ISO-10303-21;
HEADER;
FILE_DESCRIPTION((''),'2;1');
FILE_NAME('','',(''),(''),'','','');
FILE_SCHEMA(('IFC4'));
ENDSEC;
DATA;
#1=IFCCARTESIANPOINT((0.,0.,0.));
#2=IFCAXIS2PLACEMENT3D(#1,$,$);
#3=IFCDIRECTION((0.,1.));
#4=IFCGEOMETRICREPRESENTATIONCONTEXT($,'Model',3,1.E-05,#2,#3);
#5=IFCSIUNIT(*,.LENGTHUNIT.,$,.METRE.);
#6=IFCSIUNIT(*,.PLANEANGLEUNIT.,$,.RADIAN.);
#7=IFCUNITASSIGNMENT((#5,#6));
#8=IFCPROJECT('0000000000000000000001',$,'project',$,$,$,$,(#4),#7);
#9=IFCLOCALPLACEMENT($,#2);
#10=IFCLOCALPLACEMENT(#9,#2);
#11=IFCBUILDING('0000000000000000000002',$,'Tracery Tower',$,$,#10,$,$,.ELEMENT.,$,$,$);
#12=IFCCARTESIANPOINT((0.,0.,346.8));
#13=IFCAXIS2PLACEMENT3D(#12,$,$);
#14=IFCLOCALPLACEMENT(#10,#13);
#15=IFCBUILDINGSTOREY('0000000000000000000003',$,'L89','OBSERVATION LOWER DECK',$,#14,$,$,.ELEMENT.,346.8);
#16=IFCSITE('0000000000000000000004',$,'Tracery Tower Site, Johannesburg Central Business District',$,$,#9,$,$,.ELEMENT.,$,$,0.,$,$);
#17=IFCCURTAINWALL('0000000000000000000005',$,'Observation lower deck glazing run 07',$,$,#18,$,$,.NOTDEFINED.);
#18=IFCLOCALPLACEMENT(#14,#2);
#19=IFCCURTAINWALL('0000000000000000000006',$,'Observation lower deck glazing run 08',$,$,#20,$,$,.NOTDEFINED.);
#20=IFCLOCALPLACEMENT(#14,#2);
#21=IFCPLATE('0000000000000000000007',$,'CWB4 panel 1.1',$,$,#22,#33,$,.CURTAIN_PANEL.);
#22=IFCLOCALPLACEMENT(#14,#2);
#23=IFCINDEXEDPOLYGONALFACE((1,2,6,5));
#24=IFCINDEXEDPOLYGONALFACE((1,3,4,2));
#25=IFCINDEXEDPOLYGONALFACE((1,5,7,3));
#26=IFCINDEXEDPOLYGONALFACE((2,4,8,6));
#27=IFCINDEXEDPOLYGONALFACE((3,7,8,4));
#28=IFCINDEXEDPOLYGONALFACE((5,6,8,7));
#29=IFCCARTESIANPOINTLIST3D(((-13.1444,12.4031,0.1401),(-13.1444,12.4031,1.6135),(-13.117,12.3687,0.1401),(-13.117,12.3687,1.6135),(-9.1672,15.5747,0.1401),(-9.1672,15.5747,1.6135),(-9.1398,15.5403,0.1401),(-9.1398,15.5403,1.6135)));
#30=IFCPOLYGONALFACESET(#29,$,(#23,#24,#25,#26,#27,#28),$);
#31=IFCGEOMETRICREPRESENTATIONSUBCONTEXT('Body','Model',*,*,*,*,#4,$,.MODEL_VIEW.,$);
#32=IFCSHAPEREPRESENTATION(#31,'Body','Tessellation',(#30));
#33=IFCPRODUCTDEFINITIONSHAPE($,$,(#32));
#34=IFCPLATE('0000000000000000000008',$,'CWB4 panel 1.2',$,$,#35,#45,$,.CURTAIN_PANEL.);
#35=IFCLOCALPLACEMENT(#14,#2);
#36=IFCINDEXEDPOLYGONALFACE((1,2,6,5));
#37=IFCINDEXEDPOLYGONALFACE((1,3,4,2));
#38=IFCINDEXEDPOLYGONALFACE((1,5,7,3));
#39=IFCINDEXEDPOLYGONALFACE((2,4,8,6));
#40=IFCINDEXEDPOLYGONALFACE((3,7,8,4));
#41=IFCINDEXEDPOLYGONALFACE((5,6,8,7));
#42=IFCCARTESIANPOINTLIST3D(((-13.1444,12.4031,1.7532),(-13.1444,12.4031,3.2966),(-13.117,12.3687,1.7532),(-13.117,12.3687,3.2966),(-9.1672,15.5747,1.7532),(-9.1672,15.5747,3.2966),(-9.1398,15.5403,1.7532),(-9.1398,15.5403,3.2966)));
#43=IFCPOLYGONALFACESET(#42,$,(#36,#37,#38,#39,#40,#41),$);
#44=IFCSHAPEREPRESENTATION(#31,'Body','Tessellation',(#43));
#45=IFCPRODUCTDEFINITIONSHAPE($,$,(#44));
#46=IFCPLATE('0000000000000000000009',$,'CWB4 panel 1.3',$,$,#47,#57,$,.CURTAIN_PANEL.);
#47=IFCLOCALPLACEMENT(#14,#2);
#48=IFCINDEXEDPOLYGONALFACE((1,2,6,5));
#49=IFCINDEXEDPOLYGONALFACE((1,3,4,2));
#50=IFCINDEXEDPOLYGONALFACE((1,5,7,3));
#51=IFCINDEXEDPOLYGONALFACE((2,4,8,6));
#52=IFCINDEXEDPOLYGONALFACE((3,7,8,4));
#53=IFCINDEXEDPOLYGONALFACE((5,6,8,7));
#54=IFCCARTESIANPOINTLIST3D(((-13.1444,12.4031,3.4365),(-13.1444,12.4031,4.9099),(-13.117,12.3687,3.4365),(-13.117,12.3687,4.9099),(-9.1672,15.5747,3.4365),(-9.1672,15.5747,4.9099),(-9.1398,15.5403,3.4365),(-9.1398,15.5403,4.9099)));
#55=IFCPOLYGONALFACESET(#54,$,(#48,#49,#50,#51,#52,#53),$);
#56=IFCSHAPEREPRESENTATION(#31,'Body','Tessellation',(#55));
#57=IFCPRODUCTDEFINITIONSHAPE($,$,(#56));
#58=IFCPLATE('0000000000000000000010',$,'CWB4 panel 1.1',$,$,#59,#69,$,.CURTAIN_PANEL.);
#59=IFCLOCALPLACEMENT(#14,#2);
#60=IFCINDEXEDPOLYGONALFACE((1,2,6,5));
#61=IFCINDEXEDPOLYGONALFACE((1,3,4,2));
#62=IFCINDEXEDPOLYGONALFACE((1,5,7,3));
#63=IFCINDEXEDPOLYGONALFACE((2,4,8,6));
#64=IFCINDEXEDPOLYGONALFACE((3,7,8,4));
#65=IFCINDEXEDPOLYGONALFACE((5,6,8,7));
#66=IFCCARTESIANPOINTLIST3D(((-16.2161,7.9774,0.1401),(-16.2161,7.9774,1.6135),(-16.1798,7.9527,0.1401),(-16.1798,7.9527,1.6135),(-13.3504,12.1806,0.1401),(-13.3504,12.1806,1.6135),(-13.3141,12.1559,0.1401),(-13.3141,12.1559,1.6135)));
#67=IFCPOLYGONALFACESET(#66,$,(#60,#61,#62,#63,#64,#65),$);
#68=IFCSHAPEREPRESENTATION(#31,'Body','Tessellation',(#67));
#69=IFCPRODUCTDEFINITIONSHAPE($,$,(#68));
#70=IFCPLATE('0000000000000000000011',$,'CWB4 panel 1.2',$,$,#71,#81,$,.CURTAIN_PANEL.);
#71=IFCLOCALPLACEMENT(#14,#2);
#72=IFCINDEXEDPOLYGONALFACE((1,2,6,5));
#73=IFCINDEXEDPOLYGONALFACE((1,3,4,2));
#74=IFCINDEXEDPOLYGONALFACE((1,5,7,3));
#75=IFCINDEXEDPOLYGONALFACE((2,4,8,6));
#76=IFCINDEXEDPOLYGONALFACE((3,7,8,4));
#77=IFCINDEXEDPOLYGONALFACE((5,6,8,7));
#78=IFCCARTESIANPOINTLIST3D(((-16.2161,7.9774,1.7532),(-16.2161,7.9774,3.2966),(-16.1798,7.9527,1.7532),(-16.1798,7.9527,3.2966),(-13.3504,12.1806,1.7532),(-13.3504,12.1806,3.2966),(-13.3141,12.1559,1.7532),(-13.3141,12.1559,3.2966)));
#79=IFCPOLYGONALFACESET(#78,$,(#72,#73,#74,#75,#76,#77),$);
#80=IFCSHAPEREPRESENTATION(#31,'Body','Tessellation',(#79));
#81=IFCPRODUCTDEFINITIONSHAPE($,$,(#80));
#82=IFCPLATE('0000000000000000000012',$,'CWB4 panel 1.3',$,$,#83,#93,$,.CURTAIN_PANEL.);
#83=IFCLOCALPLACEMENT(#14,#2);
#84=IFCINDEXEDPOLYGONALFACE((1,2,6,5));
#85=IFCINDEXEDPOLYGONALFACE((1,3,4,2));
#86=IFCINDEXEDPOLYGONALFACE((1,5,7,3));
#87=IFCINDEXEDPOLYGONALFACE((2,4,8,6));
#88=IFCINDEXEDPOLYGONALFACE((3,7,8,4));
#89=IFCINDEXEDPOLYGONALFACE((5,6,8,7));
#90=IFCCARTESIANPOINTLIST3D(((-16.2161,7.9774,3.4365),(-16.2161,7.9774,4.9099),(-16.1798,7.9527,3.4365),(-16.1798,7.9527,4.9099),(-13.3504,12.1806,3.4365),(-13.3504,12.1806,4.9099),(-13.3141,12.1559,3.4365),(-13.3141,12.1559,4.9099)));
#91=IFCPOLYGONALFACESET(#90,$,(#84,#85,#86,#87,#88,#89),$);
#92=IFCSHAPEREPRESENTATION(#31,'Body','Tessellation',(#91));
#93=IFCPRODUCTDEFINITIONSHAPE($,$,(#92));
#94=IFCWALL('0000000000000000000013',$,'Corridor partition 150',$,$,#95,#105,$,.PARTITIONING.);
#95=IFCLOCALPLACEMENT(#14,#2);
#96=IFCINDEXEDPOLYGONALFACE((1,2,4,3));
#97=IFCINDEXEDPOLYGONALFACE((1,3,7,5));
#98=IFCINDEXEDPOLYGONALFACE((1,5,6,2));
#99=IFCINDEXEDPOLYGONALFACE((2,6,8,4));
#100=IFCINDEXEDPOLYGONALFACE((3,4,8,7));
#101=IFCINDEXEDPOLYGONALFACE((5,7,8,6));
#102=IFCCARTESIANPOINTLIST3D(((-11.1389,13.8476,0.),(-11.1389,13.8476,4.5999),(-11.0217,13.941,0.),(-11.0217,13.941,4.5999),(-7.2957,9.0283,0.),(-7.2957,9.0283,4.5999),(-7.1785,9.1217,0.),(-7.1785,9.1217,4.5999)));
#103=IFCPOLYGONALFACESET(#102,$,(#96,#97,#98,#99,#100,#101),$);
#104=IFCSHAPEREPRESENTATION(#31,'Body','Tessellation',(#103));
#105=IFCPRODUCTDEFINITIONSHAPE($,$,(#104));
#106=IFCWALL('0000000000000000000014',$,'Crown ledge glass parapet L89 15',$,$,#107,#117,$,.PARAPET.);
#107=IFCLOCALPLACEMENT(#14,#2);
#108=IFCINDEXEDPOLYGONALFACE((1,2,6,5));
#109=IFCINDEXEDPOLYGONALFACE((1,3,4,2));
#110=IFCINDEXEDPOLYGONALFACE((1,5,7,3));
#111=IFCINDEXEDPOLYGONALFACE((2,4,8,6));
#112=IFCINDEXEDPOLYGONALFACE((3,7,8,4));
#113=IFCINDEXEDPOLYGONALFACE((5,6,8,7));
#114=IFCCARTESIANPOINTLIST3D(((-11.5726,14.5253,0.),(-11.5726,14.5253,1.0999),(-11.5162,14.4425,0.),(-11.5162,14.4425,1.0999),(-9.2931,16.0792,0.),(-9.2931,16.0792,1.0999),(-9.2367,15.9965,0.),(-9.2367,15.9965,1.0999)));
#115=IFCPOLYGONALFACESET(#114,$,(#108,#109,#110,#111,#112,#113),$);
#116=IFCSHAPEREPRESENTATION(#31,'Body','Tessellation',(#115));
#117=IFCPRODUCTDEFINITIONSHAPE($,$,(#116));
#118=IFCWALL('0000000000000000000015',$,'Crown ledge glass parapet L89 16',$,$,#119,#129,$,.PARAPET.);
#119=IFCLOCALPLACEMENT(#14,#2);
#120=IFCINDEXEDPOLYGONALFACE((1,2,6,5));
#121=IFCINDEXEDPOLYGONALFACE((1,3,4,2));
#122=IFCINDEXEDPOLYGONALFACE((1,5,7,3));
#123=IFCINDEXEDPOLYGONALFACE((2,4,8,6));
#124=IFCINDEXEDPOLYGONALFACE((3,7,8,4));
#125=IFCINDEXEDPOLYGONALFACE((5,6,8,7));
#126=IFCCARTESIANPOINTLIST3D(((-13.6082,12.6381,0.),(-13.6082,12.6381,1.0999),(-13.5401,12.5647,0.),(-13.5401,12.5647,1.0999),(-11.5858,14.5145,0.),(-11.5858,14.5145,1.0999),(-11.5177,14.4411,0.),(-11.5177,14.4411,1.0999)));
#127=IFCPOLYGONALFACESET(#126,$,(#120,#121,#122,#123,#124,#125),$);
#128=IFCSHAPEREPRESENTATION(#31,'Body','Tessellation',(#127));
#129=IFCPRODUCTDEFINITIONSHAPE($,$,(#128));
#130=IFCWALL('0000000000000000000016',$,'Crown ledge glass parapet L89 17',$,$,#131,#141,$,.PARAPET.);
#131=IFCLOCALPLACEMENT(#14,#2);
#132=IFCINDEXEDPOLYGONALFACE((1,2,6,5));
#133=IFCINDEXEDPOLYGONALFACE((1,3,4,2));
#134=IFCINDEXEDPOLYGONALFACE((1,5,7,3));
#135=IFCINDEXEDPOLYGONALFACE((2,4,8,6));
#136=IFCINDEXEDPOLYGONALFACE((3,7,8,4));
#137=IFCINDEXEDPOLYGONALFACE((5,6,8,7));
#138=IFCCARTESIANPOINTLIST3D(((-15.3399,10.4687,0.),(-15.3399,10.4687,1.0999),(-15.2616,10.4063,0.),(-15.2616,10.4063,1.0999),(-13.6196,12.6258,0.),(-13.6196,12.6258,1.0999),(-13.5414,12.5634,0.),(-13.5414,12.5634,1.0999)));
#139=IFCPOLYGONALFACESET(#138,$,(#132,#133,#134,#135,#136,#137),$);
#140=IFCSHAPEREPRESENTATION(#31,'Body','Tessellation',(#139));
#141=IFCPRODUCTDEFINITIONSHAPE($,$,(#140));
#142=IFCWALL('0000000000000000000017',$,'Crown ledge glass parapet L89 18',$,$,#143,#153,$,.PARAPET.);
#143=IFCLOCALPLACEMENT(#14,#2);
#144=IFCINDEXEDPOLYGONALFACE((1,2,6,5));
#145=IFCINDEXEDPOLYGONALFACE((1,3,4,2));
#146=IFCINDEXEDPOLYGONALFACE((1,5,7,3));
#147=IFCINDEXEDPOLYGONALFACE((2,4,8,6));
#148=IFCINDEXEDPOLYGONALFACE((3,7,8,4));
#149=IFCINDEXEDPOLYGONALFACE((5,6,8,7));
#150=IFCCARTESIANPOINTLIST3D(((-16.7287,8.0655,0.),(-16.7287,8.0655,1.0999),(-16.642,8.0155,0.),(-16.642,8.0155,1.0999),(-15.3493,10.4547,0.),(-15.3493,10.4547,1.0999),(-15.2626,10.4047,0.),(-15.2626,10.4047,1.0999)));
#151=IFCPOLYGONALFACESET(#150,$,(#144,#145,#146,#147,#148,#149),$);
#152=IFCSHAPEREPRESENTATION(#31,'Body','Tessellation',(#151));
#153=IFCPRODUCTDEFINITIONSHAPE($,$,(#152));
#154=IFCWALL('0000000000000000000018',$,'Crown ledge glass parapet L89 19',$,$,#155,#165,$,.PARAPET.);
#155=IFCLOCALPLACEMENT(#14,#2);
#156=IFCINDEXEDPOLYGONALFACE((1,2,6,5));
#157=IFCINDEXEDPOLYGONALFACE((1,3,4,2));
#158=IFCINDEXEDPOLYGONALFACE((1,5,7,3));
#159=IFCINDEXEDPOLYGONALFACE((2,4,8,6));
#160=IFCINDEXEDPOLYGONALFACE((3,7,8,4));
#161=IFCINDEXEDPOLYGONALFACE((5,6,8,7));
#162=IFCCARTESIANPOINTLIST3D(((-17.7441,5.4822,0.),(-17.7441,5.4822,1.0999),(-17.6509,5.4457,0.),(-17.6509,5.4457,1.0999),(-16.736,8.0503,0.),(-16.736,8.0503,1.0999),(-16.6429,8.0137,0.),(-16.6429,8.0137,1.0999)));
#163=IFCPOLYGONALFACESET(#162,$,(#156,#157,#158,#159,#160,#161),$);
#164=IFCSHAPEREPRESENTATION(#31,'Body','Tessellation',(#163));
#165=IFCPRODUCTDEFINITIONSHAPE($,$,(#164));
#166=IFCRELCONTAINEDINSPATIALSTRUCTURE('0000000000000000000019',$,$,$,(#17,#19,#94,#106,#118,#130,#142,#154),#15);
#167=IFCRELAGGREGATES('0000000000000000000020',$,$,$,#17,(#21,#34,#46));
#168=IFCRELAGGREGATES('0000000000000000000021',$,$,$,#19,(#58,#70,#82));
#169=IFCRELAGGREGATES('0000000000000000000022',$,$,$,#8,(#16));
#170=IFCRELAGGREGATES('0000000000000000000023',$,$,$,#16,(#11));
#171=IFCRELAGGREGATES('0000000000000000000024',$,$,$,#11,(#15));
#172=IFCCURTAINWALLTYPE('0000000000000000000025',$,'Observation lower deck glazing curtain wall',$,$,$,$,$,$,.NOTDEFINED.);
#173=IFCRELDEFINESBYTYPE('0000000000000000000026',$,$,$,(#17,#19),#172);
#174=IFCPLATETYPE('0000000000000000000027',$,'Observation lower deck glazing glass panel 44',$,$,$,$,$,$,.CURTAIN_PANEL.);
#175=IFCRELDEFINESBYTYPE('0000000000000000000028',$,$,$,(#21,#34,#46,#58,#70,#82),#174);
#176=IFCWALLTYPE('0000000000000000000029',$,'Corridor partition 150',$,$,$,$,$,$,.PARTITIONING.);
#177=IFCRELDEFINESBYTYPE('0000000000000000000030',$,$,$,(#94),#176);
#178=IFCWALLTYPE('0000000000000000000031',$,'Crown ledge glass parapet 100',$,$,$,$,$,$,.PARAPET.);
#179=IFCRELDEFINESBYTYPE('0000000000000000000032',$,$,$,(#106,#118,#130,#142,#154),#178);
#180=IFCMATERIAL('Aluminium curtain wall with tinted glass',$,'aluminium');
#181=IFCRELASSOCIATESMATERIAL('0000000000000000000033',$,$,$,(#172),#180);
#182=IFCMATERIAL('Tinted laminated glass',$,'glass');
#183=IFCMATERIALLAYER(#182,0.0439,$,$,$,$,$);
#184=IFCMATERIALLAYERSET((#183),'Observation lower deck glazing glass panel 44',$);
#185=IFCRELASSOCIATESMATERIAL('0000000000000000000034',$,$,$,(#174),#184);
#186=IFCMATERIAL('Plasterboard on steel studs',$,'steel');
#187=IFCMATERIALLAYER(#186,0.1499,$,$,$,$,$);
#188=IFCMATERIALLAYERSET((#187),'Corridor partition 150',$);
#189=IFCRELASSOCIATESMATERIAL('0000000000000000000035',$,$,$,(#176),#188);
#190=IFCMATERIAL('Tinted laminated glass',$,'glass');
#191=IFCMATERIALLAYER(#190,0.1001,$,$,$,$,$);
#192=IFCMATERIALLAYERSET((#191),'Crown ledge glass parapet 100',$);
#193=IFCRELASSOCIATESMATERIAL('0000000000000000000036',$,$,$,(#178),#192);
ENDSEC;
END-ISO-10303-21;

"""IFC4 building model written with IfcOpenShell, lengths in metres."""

from ifc_helpers import new_model, si_unit, direction, frame, frame_2d, origin, origin_2d, place, context, subcontext, project, spatial, rectangle, extrude, material, layer, layer_set, type_object, element, aggregate, save


model = new_model("IFC4")

# Units and contexts
model_context = context("Model", 3, precision=1e-05, world=origin(), true_north=direction((0.0, 1.0)))
body_context = subcontext(model_context, "Body", "Model", "MODEL_VIEW")
ifc_project = project(units=[si_unit("LENGTHUNIT", "METRE"), si_unit("PLANEANGLEUNIT", "RADIAN")], contexts=[model_context])

# Site, building, storey
site_placement = place(None, origin())
site = spatial("IfcSite", under=ifc_project, at=site_placement, Name="Tracery Tower Site, Johannesburg Central Business District", CompositionType="ELEMENT", RefElevation=0.0)
building_placement = place(site_placement, origin())
building = spatial("IfcBuilding", under=site, at=building_placement, Name="Tracery Tower", CompositionType="ELEMENT")
storey_placement = place(building_placement, frame((0.0, 0.0, 346.8)))
storey = spatial("IfcBuildingStorey", under=building, at=storey_placement, Name="L89", Description="OBSERVATION LOWER DECK", CompositionType="ELEMENT", Elevation=346.8)

# Curtain walls
ifc_material_1 = material(Name="Aluminium curtain wall with tinted glass", Category="aluminium")
curtain_wall_type = type_object("IfcCurtainWallType", Name="Observation lower deck glazing curtain wall", PredefinedType="NOTDEFINED", material=ifc_material_1)
curtain_wall_1_placement = place(storey_placement, origin())
curtain_wall_1 = element("IfcCurtainWall", 1, at=curtain_wall_1_placement, inside=storey, type_object=curtain_wall_type, Name="Observation lower deck glazing run 07", PredefinedType="NOTDEFINED")
curtain_wall_2_placement = place(storey_placement, origin())
curtain_wall_2 = element("IfcCurtainWall", 2, at=curtain_wall_2_placement, inside=storey, type_object=curtain_wall_type, Name="Observation lower deck glazing run 08", PredefinedType="NOTDEFINED")

# Plates
ifc_material_2 = material(Name="Tinted laminated glass", Category="glass")
ifc_layer_1 = layer(ifc_material_2, 0.0439)
ifc_layer_set_1 = layer_set([ifc_layer_1], Name="Observation lower deck glazing glass panel 44")
plate_type = type_object("IfcPlateType", Name="Observation lower deck glazing glass panel 44", PredefinedType="CURTAIN_PANEL", material=ifc_layer_set_1)
plate_1_placement = place(storey_placement, frame((-11.1421, 13.9717, 0.1401), z_axis=(0.0, 0.0, 1.0), x_axis=(-0.781839, -0.623481, 0.0)))
plate_1 = element("IfcPlate", 3, at=plate_1_placement, type_object=plate_type, Name="CWB4 panel 1.1", PredefinedType="CURTAIN_PANEL", context=body_context, shape_type="SweptSolid", body=[
    extrude(rectangle(XDim=5.0869, YDim=0.0439, at=origin_2d()), origin(), (0.0, 0.0, 1.0), 1.4734),
])
plate_2_placement = place(storey_placement, frame((-11.1421, 13.9717, 1.7532), z_axis=(0.0, 0.0, 1.0), x_axis=(-0.781839, -0.623481, 0.0)))
plate_2 = element("IfcPlate", 4, at=plate_2_placement, type_object=plate_type, Name="CWB4 panel 1.2", PredefinedType="CURTAIN_PANEL", context=body_context, shape_type="SweptSolid", body=[
    extrude(rectangle(XDim=5.0869, YDim=0.0439, at=origin_2d()), origin(), (0.0, 0.0, 1.0), 1.5435),
])
plate_3_placement = place(storey_placement, frame((-11.1421, 13.9717, 3.4365), z_axis=(0.0, 0.0, 1.0), x_axis=(-0.781839, -0.623481, 0.0)))
plate_3 = element("IfcPlate", 5, at=plate_3_placement, type_object=plate_type, Name="CWB4 panel 1.3", PredefinedType="CURTAIN_PANEL", context=body_context, shape_type="SweptSolid", body=[
    extrude(rectangle(XDim=5.0869, YDim=0.0439, at=origin_2d()), origin(), (0.0, 0.0, 1.0), 1.4734),
])
aggregate(curtain_wall_1, [plate_1, plate_2, plate_3])
plate_4_placement = place(storey_placement, frame((-14.7651, 10.0667, 0.1401), z_axis=(0.0, 0.0, 1.0), x_axis=(-0.563323, -0.826237, 0.0)))
plate_4 = element("IfcPlate", 6, at=plate_4_placement, type_object=plate_type, Name="CWB4 panel 1.1", PredefinedType="CURTAIN_PANEL", context=body_context, shape_type="SweptSolid", body=[
    extrude(rectangle(XDim=5.0872, YDim=0.0439, at=origin_2d()), origin(), (0.0, 0.0, 1.0), 1.4734),
])
plate_5_placement = place(storey_placement, frame((-14.7651, 10.0667, 1.7532), z_axis=(0.0, 0.0, 1.0), x_axis=(-0.563323, -0.826237, 0.0)))
plate_5 = element("IfcPlate", 7, at=plate_5_placement, type_object=plate_type, Name="CWB4 panel 1.2", PredefinedType="CURTAIN_PANEL", context=body_context, shape_type="SweptSolid", body=[
    extrude(rectangle(XDim=5.0872, YDim=0.0439, at=origin_2d()), origin(), (0.0, 0.0, 1.0), 1.5435),
])
plate_6_placement = place(storey_placement, frame((-14.7651, 10.0667, 3.4365), z_axis=(0.0, 0.0, 1.0), x_axis=(-0.563323, -0.826237, 0.0)))
plate_6 = element("IfcPlate", 8, at=plate_6_placement, type_object=plate_type, Name="CWB4 panel 1.3", PredefinedType="CURTAIN_PANEL", context=body_context, shape_type="SweptSolid", body=[
    extrude(rectangle(XDim=5.0872, YDim=0.0439, at=origin_2d()), origin(), (0.0, 0.0, 1.0), 1.4734),
])
aggregate(curtain_wall_2, [plate_4, plate_5, plate_6])

# Walls
ifc_material_3 = material(Name="Plasterboard on steel studs", Category="steel")
ifc_layer_2 = layer(ifc_material_3, 0.1499)
ifc_layer_set_2 = layer_set([ifc_layer_2], Name="Corridor partition 150")
wall_type_1 = type_object("IfcWallType", Name="Corridor partition 150", PredefinedType="PARTITIONING", material=ifc_layer_set_2)
wall_1_placement = place(storey_placement, frame((-11.0803, 13.8943, 0.0), z_axis=(0.0, 0.0, 1.0), x_axis=(0.623487, -0.781834, 0.0)))
element("IfcWall", 9, at=wall_1_placement, inside=storey, type_object=wall_type_1, Name="Corridor partition 150", PredefinedType="PARTITIONING", context=body_context, shape_type="SweptSolid", body=[
    extrude(rectangle(XDim=6.1641, YDim=0.1499, at=frame_2d((3.082, 0.0))), origin(), (0.0, 0.0, 1.0), 4.5999),
])
ifc_material_4 = material(Name="Tinted laminated glass", Category="glass")
ifc_layer_3 = layer(ifc_material_4, 0.1001)
ifc_layer_set_3 = layer_set([ifc_layer_3], Name="Crown ledge glass parapet 100")
wall_type_2 = type_object("IfcWallType", Name="Crown ledge glass parapet 100", PredefinedType="PARAPET", material=ifc_layer_set_3)
for number, where, z_axis, x_axis, name in (
    (10, (-9.2649, 16.0378, 0.0), (0.0, 0.0, 1.0), (-0.826274, -0.563268, 0.0), "Crown ledge glass parapet L89 15"),
    (11, (-11.5518, 14.4778, 0.0), (0.0, 0.0, 1.0), (-0.733071, -0.680152, 0.0), "Crown ledge glass parapet L89 16"),
):
    element("IfcWall", number, at=place(storey_placement, frame(where, z_axis=z_axis, x_axis=x_axis)), inside=storey, type_object=wall_type_2, Name=name, PredefinedType="PARAPET", context=body_context, shape_type="SweptSolid", body=[
        extrude(rectangle(XDim=2.7588, YDim=0.1001, at=frame_2d((1.3794, 0.0))), origin(), (0.0, 0.0, 1.0), 1.0999),
    ])
wall_2_placement = place(storey_placement, frame((-13.5806, 12.5945, 0.0), z_axis=(0.0, 0.0, 1.0), x_axis=(-0.623507, -0.781818, 0.0)))
element("IfcWall", 12, at=wall_2_placement, inside=storey, type_object=wall_type_2, Name="Crown ledge glass parapet L89 17", PredefinedType="PARAPET", context=body_context, shape_type="SweptSolid", body=[
    extrude(rectangle(XDim=2.759, YDim=0.1001, at=frame_2d((1.3794, 0.0))), origin(), (0.0, 0.0, 1.0), 1.0999),
])
for number, where, z_axis, x_axis, name in (
    (13, (-15.3059, 10.4297, 0.0), (0.0, 0.0, 1.0), (-0.500003, -0.866023, 0.0), "Crown ledge glass parapet L89 18"),
    (14, (-16.6895, 8.032, 0.0), (0.0, 0.0, 1.0), (-0.365387, -0.930856, 0.0), "Crown ledge glass parapet L89 19"),
):
    element("IfcWall", number, at=place(storey_placement, frame(where, z_axis=z_axis, x_axis=x_axis)), inside=storey, type_object=wall_type_2, Name=name, PredefinedType="PARAPET", context=body_context, shape_type="SweptSolid", body=[
        extrude(rectangle(XDim=2.7588, YDim=0.1001, at=frame_2d((1.3794, 0.0))), origin(), (0.0, 0.0, 1.0), 1.0999),
    ])

save(model, "model.ifc")
